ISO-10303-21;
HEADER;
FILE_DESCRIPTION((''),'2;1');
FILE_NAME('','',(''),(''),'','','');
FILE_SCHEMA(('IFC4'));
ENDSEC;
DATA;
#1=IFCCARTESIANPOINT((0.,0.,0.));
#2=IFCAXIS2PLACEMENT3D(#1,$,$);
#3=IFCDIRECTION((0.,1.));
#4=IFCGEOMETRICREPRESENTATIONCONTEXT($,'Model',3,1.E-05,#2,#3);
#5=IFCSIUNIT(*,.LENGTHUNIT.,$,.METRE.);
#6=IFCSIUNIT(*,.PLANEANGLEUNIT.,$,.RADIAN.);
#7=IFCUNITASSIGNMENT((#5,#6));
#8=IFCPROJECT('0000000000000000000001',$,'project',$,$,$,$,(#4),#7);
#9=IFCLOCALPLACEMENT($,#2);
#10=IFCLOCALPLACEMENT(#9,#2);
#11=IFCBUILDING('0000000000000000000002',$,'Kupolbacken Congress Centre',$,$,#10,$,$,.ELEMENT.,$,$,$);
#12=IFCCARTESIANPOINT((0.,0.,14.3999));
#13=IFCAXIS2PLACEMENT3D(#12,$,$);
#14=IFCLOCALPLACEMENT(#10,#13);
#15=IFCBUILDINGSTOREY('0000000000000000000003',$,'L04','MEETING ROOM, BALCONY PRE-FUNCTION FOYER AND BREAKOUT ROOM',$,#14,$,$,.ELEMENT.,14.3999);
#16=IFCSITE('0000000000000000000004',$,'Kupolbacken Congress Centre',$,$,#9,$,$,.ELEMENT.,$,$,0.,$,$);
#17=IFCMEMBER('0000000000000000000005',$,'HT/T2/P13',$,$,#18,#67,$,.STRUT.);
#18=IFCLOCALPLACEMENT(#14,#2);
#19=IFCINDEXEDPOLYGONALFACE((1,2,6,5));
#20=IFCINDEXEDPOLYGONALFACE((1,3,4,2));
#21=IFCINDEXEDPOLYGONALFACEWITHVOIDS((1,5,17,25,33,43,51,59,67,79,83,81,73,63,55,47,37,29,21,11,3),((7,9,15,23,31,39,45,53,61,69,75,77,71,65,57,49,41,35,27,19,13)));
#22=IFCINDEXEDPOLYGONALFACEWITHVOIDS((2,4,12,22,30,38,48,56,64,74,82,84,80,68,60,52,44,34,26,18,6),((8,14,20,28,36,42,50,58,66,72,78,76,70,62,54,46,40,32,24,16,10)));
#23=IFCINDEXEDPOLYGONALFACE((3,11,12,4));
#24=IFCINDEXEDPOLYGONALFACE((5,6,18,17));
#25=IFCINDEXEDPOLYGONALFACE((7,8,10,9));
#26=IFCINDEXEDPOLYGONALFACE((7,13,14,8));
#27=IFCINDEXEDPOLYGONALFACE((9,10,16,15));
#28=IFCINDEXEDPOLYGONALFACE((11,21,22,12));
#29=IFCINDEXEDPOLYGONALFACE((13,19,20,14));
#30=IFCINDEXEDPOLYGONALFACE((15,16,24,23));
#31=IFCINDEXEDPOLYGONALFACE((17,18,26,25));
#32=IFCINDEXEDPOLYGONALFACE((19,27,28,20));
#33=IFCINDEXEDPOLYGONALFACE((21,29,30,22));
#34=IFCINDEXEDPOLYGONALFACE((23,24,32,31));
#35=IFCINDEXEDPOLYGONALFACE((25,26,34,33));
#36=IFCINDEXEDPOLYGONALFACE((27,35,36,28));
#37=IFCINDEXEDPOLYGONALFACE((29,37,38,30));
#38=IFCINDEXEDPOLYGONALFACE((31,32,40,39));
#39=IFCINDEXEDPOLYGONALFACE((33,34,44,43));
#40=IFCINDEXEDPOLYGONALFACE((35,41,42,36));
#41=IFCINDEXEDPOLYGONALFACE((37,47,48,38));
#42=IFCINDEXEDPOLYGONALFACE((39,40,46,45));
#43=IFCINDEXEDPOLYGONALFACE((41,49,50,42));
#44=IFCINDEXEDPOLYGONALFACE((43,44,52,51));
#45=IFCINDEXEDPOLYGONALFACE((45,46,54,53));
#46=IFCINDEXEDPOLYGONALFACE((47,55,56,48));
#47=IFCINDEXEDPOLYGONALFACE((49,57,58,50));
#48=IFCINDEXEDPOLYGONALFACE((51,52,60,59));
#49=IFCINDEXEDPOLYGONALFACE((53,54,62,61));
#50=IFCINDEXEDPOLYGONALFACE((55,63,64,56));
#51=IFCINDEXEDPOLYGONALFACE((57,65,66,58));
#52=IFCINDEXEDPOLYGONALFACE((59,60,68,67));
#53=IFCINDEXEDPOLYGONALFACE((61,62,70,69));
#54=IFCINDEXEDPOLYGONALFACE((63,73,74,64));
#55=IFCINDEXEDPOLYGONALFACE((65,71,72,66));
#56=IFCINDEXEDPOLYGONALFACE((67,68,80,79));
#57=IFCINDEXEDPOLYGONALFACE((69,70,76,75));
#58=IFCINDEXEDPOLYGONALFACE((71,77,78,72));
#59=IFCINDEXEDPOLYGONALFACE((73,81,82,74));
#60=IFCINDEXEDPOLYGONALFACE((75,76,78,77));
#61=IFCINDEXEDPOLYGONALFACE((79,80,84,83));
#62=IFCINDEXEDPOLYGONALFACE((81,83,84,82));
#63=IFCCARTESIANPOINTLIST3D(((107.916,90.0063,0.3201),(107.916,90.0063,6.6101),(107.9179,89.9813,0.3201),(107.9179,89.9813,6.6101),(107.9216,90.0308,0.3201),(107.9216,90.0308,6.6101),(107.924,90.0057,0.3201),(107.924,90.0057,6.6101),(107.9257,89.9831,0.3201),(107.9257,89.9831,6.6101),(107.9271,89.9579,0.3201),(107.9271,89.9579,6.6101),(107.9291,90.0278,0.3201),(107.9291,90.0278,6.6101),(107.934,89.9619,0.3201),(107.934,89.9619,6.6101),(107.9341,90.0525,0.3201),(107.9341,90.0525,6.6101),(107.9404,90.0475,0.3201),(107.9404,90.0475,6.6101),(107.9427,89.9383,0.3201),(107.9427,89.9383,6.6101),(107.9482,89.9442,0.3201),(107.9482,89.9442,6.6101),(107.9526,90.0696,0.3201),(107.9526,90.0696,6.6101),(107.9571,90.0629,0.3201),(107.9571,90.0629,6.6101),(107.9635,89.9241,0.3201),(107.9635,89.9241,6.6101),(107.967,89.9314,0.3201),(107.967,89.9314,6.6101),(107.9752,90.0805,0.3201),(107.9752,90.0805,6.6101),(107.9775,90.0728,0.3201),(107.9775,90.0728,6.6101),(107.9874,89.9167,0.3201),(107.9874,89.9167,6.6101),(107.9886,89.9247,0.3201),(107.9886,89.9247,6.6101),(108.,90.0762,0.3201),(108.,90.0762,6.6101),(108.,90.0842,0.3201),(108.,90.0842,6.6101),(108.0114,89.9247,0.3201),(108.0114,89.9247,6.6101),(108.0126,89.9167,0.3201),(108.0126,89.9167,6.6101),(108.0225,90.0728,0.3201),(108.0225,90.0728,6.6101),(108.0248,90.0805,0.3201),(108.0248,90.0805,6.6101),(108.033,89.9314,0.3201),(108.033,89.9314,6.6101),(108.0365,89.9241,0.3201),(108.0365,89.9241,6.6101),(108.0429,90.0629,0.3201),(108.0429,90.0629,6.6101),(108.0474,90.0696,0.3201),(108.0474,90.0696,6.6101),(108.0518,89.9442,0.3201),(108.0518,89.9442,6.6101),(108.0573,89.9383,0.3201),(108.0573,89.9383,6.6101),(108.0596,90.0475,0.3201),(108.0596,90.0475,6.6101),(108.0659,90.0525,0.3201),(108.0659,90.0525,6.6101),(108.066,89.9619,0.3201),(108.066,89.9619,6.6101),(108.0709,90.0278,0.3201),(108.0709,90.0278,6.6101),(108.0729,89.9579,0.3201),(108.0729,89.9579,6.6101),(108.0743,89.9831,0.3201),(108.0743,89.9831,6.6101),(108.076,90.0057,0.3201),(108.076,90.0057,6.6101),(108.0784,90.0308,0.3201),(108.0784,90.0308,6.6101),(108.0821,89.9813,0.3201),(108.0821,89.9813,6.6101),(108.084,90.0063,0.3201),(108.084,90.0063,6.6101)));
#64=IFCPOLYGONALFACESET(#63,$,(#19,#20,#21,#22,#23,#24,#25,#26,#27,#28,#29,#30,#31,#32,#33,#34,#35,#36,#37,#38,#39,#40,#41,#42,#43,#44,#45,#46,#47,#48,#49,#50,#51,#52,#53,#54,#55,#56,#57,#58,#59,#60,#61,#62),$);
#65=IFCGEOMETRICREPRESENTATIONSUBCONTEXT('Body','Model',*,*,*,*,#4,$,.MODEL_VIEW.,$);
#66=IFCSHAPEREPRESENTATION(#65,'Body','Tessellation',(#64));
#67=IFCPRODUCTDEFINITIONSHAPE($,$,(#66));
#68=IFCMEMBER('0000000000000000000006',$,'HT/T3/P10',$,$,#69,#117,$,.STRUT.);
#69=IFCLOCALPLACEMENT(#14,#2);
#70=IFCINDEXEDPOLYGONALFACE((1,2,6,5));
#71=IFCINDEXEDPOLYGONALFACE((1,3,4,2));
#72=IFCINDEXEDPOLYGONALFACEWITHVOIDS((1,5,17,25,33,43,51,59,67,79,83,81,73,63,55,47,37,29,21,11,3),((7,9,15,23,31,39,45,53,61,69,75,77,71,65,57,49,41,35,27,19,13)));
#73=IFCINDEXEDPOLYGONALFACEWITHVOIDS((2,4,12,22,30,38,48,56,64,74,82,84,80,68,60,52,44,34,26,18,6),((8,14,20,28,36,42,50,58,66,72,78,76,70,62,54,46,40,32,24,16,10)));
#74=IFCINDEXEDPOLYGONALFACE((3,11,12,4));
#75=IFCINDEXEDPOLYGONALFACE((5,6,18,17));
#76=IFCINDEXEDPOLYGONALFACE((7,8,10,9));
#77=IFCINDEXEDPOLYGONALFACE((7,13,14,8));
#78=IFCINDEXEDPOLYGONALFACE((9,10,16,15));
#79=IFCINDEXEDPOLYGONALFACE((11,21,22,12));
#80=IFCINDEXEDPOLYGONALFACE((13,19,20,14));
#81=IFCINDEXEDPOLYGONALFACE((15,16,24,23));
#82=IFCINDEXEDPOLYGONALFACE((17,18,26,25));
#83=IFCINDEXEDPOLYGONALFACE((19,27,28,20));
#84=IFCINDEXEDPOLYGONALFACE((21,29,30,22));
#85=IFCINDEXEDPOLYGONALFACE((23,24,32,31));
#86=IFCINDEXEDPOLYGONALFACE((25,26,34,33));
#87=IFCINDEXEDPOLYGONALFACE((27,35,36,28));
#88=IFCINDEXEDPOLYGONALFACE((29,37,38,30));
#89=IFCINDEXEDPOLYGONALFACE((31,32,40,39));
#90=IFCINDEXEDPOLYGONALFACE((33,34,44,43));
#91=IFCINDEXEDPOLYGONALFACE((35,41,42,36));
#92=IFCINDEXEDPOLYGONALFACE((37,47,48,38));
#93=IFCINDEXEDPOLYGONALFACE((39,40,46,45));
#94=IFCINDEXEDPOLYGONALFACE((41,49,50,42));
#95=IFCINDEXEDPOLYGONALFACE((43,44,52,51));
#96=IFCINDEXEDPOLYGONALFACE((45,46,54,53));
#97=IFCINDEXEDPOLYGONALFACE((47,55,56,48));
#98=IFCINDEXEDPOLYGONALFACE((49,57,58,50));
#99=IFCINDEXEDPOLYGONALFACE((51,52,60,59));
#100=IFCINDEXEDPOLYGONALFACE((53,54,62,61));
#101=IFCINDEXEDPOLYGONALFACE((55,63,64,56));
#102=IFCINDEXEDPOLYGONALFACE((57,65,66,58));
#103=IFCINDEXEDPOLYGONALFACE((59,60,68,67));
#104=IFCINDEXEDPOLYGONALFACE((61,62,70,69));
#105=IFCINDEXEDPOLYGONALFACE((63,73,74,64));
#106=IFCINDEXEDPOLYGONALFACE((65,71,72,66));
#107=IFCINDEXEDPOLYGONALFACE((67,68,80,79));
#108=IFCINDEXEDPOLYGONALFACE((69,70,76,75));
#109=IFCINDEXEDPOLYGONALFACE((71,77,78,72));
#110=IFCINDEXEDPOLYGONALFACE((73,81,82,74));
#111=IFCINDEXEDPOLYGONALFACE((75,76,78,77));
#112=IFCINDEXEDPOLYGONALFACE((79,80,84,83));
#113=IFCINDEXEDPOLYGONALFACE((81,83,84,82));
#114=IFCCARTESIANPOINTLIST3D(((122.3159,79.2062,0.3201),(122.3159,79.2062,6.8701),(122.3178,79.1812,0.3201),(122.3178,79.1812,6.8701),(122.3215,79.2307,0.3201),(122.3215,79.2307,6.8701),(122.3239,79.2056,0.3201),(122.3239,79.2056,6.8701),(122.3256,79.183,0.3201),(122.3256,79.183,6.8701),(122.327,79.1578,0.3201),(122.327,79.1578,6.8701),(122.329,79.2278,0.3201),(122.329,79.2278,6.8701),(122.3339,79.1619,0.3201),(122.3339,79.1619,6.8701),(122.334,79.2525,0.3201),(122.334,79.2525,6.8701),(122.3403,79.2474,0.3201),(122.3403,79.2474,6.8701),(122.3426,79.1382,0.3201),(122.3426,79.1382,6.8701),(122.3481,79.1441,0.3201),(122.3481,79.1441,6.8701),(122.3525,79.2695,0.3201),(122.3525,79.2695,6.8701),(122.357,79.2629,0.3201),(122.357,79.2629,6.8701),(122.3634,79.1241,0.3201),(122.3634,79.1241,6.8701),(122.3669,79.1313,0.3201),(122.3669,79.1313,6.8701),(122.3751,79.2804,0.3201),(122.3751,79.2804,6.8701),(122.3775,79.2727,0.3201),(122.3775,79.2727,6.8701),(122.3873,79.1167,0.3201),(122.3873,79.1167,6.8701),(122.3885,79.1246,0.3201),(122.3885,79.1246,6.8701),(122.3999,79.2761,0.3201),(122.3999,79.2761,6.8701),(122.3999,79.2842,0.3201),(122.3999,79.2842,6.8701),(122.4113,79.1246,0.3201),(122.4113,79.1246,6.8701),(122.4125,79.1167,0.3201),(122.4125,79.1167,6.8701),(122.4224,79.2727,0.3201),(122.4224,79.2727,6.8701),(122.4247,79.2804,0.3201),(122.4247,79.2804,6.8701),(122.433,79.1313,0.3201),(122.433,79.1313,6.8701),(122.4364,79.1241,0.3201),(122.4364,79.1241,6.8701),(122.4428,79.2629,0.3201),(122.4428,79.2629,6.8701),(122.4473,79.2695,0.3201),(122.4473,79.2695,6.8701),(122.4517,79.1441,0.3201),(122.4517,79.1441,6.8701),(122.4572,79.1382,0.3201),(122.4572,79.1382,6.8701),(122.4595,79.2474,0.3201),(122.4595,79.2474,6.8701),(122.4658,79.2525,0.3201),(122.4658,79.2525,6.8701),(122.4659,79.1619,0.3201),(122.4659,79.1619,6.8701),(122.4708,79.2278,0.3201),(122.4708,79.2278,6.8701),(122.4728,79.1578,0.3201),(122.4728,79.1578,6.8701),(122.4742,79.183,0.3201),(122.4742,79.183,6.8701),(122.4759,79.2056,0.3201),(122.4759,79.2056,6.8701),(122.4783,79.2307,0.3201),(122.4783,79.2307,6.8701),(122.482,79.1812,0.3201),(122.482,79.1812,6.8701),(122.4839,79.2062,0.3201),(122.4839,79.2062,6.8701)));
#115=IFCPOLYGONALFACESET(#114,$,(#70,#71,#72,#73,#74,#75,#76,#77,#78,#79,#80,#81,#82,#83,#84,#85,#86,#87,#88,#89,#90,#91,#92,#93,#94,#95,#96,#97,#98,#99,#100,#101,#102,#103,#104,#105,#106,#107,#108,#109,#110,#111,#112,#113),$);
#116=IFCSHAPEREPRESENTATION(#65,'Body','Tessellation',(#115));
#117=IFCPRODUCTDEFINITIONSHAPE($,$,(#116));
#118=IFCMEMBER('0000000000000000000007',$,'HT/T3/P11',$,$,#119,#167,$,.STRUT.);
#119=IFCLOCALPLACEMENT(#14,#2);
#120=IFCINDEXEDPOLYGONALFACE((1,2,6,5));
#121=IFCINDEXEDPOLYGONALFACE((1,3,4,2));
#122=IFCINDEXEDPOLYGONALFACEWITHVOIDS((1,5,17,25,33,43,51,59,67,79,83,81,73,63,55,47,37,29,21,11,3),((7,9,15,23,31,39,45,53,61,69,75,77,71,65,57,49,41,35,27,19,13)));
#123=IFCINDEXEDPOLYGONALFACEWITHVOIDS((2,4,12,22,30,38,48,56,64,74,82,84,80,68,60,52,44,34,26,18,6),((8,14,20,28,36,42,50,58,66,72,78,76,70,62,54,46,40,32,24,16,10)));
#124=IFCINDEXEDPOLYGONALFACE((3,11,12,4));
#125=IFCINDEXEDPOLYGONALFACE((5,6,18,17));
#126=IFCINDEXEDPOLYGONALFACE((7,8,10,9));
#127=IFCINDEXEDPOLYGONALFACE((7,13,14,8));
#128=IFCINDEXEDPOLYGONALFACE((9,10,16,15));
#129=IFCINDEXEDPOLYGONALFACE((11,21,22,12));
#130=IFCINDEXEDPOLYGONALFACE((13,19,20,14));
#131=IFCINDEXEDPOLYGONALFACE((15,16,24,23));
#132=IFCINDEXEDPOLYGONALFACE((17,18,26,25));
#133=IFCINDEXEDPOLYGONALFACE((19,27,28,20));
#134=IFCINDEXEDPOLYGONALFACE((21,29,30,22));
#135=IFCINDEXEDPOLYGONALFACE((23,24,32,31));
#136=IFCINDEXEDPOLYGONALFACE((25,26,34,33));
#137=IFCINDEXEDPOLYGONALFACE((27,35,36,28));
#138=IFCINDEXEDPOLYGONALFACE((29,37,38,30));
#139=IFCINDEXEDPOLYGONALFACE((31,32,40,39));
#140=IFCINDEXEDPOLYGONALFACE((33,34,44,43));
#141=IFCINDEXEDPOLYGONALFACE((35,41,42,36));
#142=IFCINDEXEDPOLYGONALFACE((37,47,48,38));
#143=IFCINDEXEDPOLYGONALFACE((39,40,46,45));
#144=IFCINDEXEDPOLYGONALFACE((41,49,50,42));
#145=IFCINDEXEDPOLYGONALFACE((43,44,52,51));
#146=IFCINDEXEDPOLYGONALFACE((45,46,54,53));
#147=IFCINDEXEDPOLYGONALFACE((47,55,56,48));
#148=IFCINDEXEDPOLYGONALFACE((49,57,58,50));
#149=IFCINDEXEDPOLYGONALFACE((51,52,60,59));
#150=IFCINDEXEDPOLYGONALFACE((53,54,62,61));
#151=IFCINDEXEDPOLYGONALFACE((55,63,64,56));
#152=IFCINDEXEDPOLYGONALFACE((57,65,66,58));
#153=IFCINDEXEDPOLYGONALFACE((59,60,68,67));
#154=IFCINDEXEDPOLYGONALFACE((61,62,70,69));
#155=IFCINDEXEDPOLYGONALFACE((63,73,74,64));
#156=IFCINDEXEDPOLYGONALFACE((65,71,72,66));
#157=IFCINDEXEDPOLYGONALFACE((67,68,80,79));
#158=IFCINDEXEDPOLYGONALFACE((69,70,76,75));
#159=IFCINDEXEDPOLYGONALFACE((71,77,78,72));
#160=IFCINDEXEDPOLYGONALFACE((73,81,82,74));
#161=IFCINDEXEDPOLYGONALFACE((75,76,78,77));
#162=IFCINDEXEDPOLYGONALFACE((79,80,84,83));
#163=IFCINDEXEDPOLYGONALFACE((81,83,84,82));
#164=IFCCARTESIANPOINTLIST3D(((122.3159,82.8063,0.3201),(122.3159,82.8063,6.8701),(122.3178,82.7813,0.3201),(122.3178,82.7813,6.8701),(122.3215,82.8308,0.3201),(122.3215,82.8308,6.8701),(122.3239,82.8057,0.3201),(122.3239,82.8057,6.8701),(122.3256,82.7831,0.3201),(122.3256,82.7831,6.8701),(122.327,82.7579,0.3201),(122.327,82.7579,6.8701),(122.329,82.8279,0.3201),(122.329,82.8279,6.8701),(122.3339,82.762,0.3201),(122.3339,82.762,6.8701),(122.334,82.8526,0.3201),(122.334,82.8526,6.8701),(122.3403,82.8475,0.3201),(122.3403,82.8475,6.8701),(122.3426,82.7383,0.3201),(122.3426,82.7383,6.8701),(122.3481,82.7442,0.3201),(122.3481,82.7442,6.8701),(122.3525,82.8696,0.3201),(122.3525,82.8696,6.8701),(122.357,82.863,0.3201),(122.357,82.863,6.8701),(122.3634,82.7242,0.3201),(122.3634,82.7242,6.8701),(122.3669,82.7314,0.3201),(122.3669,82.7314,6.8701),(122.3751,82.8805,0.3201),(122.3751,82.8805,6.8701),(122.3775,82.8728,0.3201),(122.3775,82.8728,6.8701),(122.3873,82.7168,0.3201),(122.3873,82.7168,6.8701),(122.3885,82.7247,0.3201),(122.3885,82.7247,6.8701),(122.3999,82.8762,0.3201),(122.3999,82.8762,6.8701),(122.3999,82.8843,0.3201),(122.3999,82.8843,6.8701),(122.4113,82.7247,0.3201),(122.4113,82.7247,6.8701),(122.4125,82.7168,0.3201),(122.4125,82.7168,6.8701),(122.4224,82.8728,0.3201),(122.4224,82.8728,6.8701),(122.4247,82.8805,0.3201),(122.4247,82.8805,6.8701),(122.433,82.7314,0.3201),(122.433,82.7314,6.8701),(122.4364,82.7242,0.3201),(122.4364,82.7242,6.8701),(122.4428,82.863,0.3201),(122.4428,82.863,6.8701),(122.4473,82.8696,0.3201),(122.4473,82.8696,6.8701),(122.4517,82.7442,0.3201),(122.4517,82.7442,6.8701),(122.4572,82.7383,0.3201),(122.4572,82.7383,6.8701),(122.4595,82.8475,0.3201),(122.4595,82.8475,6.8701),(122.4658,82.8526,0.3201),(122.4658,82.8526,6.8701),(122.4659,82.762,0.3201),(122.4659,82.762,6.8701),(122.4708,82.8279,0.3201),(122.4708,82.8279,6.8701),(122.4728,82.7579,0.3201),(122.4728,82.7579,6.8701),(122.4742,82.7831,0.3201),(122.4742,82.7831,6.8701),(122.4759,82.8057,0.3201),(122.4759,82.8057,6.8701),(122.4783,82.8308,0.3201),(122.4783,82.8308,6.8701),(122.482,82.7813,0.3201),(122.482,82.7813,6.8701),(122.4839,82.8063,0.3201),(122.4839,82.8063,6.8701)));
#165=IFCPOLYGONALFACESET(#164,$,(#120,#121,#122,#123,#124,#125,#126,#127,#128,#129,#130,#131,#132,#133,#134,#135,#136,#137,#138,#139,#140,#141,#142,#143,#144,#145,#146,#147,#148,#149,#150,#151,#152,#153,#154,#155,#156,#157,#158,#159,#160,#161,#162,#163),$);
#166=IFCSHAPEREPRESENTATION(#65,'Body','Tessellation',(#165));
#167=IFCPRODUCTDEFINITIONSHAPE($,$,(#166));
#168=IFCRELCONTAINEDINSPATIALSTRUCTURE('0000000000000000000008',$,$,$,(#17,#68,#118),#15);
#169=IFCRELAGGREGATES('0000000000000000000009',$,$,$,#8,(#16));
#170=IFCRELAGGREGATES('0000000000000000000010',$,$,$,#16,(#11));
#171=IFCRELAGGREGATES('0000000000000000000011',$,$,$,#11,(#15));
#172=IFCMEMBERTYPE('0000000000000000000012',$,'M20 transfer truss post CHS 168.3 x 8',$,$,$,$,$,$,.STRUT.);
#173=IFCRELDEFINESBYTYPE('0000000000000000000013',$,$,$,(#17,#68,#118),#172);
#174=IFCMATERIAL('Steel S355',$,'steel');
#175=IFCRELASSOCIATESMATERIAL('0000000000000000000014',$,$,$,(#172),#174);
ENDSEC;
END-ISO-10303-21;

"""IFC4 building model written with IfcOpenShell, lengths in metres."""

from ifc_helpers import new_model, si_unit, direction, frame, origin, origin_2d, place, context, subcontext, project, spatial, hollow_circle, extrude, material, material_profile, profile_set, type_object, element, save


model = new_model("IFC4")

# Units and contexts
model_context = context("Model", 3, precision=1e-05, world=origin(), true_north=direction((0.0, 1.0)))
body_context = subcontext(model_context, "Body", "Model", "MODEL_VIEW")
ifc_project = project(units=[si_unit("LENGTHUNIT", "METRE"), si_unit("PLANEANGLEUNIT", "RADIAN")], contexts=[model_context])

# Site, building, storey
site_placement = place(None, origin())
site = spatial("IfcSite", under=ifc_project, at=site_placement, Name="Kupolbacken Congress Centre", CompositionType="ELEMENT", RefElevation=0.0)
building_placement = place(site_placement, origin())
building = spatial("IfcBuilding", under=site, at=building_placement, Name="Kupolbacken Congress Centre", CompositionType="ELEMENT")
storey_placement = place(building_placement, frame((0.0, 0.0, 14.3999)))
storey = spatial("IfcBuildingStorey", under=building, at=storey_placement, Name="L04", Description="MEETING ROOM, BALCONY PRE-FUNCTION FOYER AND BREAKOUT ROOM", CompositionType="ELEMENT", Elevation=14.3999)

# Members
ifc_material_1 = material(Name="Steel S355", Category="steel")
ifc_material_profile_1 = material_profile(ifc_material_1, hollow_circle(Radius=0.0842, WallThickness=0.0081, at=origin_2d()), Name="CHS 168.3 x 8")
ifc_profile_set_1 = profile_set([ifc_material_profile_1], Name="Steel S355")
member_type_1 = type_object("IfcMemberType", Name="M20 transfer truss post CHS 168.3 x 8", PredefinedType="STRUT", material=ifc_profile_set_1)
for number, where, z_axis, x_axis, name in (
    (1, (108.0, 90.0, 0.3201), (0.0, 0.0, 1.0), (0.0, 1.0, 0.0), "HT/T2/P13"),
):
    element("IfcMember", number, at=place(storey_placement, frame(where, z_axis=z_axis, x_axis=x_axis)), inside=storey, type_object=member_type_1, Name=name, PredefinedType="STRUT", context=body_context, shape_type="SweptSolid", body=[
        extrude(hollow_circle(Radius=0.0842, WallThickness=0.0081, at=origin_2d()), origin(), (0.0, 0.0, 1.0), 6.29),
    ])
for number, where, z_axis, x_axis, name in (
    (2, (122.3999, 79.2, 0.3201), (0.0, 0.0, 1.0), (0.0, 1.0, 0.0), "HT/T3/P10"),
    (3, (122.3999, 82.8, 0.3201), (0.0, 0.0, 1.0), (0.0, 1.0, 0.0), "HT/T3/P11"),
):
    element("IfcMember", number, at=place(storey_placement, frame(where, z_axis=z_axis, x_axis=x_axis)), inside=storey, type_object=member_type_1, Name=name, PredefinedType="STRUT", context=body_context, shape_type="SweptSolid", body=[
        extrude(hollow_circle(Radius=0.0842, WallThickness=0.0081, at=origin_2d()), origin(), (0.0, 0.0, 1.0), 6.55),
    ])

save(model, "model.ifc")
